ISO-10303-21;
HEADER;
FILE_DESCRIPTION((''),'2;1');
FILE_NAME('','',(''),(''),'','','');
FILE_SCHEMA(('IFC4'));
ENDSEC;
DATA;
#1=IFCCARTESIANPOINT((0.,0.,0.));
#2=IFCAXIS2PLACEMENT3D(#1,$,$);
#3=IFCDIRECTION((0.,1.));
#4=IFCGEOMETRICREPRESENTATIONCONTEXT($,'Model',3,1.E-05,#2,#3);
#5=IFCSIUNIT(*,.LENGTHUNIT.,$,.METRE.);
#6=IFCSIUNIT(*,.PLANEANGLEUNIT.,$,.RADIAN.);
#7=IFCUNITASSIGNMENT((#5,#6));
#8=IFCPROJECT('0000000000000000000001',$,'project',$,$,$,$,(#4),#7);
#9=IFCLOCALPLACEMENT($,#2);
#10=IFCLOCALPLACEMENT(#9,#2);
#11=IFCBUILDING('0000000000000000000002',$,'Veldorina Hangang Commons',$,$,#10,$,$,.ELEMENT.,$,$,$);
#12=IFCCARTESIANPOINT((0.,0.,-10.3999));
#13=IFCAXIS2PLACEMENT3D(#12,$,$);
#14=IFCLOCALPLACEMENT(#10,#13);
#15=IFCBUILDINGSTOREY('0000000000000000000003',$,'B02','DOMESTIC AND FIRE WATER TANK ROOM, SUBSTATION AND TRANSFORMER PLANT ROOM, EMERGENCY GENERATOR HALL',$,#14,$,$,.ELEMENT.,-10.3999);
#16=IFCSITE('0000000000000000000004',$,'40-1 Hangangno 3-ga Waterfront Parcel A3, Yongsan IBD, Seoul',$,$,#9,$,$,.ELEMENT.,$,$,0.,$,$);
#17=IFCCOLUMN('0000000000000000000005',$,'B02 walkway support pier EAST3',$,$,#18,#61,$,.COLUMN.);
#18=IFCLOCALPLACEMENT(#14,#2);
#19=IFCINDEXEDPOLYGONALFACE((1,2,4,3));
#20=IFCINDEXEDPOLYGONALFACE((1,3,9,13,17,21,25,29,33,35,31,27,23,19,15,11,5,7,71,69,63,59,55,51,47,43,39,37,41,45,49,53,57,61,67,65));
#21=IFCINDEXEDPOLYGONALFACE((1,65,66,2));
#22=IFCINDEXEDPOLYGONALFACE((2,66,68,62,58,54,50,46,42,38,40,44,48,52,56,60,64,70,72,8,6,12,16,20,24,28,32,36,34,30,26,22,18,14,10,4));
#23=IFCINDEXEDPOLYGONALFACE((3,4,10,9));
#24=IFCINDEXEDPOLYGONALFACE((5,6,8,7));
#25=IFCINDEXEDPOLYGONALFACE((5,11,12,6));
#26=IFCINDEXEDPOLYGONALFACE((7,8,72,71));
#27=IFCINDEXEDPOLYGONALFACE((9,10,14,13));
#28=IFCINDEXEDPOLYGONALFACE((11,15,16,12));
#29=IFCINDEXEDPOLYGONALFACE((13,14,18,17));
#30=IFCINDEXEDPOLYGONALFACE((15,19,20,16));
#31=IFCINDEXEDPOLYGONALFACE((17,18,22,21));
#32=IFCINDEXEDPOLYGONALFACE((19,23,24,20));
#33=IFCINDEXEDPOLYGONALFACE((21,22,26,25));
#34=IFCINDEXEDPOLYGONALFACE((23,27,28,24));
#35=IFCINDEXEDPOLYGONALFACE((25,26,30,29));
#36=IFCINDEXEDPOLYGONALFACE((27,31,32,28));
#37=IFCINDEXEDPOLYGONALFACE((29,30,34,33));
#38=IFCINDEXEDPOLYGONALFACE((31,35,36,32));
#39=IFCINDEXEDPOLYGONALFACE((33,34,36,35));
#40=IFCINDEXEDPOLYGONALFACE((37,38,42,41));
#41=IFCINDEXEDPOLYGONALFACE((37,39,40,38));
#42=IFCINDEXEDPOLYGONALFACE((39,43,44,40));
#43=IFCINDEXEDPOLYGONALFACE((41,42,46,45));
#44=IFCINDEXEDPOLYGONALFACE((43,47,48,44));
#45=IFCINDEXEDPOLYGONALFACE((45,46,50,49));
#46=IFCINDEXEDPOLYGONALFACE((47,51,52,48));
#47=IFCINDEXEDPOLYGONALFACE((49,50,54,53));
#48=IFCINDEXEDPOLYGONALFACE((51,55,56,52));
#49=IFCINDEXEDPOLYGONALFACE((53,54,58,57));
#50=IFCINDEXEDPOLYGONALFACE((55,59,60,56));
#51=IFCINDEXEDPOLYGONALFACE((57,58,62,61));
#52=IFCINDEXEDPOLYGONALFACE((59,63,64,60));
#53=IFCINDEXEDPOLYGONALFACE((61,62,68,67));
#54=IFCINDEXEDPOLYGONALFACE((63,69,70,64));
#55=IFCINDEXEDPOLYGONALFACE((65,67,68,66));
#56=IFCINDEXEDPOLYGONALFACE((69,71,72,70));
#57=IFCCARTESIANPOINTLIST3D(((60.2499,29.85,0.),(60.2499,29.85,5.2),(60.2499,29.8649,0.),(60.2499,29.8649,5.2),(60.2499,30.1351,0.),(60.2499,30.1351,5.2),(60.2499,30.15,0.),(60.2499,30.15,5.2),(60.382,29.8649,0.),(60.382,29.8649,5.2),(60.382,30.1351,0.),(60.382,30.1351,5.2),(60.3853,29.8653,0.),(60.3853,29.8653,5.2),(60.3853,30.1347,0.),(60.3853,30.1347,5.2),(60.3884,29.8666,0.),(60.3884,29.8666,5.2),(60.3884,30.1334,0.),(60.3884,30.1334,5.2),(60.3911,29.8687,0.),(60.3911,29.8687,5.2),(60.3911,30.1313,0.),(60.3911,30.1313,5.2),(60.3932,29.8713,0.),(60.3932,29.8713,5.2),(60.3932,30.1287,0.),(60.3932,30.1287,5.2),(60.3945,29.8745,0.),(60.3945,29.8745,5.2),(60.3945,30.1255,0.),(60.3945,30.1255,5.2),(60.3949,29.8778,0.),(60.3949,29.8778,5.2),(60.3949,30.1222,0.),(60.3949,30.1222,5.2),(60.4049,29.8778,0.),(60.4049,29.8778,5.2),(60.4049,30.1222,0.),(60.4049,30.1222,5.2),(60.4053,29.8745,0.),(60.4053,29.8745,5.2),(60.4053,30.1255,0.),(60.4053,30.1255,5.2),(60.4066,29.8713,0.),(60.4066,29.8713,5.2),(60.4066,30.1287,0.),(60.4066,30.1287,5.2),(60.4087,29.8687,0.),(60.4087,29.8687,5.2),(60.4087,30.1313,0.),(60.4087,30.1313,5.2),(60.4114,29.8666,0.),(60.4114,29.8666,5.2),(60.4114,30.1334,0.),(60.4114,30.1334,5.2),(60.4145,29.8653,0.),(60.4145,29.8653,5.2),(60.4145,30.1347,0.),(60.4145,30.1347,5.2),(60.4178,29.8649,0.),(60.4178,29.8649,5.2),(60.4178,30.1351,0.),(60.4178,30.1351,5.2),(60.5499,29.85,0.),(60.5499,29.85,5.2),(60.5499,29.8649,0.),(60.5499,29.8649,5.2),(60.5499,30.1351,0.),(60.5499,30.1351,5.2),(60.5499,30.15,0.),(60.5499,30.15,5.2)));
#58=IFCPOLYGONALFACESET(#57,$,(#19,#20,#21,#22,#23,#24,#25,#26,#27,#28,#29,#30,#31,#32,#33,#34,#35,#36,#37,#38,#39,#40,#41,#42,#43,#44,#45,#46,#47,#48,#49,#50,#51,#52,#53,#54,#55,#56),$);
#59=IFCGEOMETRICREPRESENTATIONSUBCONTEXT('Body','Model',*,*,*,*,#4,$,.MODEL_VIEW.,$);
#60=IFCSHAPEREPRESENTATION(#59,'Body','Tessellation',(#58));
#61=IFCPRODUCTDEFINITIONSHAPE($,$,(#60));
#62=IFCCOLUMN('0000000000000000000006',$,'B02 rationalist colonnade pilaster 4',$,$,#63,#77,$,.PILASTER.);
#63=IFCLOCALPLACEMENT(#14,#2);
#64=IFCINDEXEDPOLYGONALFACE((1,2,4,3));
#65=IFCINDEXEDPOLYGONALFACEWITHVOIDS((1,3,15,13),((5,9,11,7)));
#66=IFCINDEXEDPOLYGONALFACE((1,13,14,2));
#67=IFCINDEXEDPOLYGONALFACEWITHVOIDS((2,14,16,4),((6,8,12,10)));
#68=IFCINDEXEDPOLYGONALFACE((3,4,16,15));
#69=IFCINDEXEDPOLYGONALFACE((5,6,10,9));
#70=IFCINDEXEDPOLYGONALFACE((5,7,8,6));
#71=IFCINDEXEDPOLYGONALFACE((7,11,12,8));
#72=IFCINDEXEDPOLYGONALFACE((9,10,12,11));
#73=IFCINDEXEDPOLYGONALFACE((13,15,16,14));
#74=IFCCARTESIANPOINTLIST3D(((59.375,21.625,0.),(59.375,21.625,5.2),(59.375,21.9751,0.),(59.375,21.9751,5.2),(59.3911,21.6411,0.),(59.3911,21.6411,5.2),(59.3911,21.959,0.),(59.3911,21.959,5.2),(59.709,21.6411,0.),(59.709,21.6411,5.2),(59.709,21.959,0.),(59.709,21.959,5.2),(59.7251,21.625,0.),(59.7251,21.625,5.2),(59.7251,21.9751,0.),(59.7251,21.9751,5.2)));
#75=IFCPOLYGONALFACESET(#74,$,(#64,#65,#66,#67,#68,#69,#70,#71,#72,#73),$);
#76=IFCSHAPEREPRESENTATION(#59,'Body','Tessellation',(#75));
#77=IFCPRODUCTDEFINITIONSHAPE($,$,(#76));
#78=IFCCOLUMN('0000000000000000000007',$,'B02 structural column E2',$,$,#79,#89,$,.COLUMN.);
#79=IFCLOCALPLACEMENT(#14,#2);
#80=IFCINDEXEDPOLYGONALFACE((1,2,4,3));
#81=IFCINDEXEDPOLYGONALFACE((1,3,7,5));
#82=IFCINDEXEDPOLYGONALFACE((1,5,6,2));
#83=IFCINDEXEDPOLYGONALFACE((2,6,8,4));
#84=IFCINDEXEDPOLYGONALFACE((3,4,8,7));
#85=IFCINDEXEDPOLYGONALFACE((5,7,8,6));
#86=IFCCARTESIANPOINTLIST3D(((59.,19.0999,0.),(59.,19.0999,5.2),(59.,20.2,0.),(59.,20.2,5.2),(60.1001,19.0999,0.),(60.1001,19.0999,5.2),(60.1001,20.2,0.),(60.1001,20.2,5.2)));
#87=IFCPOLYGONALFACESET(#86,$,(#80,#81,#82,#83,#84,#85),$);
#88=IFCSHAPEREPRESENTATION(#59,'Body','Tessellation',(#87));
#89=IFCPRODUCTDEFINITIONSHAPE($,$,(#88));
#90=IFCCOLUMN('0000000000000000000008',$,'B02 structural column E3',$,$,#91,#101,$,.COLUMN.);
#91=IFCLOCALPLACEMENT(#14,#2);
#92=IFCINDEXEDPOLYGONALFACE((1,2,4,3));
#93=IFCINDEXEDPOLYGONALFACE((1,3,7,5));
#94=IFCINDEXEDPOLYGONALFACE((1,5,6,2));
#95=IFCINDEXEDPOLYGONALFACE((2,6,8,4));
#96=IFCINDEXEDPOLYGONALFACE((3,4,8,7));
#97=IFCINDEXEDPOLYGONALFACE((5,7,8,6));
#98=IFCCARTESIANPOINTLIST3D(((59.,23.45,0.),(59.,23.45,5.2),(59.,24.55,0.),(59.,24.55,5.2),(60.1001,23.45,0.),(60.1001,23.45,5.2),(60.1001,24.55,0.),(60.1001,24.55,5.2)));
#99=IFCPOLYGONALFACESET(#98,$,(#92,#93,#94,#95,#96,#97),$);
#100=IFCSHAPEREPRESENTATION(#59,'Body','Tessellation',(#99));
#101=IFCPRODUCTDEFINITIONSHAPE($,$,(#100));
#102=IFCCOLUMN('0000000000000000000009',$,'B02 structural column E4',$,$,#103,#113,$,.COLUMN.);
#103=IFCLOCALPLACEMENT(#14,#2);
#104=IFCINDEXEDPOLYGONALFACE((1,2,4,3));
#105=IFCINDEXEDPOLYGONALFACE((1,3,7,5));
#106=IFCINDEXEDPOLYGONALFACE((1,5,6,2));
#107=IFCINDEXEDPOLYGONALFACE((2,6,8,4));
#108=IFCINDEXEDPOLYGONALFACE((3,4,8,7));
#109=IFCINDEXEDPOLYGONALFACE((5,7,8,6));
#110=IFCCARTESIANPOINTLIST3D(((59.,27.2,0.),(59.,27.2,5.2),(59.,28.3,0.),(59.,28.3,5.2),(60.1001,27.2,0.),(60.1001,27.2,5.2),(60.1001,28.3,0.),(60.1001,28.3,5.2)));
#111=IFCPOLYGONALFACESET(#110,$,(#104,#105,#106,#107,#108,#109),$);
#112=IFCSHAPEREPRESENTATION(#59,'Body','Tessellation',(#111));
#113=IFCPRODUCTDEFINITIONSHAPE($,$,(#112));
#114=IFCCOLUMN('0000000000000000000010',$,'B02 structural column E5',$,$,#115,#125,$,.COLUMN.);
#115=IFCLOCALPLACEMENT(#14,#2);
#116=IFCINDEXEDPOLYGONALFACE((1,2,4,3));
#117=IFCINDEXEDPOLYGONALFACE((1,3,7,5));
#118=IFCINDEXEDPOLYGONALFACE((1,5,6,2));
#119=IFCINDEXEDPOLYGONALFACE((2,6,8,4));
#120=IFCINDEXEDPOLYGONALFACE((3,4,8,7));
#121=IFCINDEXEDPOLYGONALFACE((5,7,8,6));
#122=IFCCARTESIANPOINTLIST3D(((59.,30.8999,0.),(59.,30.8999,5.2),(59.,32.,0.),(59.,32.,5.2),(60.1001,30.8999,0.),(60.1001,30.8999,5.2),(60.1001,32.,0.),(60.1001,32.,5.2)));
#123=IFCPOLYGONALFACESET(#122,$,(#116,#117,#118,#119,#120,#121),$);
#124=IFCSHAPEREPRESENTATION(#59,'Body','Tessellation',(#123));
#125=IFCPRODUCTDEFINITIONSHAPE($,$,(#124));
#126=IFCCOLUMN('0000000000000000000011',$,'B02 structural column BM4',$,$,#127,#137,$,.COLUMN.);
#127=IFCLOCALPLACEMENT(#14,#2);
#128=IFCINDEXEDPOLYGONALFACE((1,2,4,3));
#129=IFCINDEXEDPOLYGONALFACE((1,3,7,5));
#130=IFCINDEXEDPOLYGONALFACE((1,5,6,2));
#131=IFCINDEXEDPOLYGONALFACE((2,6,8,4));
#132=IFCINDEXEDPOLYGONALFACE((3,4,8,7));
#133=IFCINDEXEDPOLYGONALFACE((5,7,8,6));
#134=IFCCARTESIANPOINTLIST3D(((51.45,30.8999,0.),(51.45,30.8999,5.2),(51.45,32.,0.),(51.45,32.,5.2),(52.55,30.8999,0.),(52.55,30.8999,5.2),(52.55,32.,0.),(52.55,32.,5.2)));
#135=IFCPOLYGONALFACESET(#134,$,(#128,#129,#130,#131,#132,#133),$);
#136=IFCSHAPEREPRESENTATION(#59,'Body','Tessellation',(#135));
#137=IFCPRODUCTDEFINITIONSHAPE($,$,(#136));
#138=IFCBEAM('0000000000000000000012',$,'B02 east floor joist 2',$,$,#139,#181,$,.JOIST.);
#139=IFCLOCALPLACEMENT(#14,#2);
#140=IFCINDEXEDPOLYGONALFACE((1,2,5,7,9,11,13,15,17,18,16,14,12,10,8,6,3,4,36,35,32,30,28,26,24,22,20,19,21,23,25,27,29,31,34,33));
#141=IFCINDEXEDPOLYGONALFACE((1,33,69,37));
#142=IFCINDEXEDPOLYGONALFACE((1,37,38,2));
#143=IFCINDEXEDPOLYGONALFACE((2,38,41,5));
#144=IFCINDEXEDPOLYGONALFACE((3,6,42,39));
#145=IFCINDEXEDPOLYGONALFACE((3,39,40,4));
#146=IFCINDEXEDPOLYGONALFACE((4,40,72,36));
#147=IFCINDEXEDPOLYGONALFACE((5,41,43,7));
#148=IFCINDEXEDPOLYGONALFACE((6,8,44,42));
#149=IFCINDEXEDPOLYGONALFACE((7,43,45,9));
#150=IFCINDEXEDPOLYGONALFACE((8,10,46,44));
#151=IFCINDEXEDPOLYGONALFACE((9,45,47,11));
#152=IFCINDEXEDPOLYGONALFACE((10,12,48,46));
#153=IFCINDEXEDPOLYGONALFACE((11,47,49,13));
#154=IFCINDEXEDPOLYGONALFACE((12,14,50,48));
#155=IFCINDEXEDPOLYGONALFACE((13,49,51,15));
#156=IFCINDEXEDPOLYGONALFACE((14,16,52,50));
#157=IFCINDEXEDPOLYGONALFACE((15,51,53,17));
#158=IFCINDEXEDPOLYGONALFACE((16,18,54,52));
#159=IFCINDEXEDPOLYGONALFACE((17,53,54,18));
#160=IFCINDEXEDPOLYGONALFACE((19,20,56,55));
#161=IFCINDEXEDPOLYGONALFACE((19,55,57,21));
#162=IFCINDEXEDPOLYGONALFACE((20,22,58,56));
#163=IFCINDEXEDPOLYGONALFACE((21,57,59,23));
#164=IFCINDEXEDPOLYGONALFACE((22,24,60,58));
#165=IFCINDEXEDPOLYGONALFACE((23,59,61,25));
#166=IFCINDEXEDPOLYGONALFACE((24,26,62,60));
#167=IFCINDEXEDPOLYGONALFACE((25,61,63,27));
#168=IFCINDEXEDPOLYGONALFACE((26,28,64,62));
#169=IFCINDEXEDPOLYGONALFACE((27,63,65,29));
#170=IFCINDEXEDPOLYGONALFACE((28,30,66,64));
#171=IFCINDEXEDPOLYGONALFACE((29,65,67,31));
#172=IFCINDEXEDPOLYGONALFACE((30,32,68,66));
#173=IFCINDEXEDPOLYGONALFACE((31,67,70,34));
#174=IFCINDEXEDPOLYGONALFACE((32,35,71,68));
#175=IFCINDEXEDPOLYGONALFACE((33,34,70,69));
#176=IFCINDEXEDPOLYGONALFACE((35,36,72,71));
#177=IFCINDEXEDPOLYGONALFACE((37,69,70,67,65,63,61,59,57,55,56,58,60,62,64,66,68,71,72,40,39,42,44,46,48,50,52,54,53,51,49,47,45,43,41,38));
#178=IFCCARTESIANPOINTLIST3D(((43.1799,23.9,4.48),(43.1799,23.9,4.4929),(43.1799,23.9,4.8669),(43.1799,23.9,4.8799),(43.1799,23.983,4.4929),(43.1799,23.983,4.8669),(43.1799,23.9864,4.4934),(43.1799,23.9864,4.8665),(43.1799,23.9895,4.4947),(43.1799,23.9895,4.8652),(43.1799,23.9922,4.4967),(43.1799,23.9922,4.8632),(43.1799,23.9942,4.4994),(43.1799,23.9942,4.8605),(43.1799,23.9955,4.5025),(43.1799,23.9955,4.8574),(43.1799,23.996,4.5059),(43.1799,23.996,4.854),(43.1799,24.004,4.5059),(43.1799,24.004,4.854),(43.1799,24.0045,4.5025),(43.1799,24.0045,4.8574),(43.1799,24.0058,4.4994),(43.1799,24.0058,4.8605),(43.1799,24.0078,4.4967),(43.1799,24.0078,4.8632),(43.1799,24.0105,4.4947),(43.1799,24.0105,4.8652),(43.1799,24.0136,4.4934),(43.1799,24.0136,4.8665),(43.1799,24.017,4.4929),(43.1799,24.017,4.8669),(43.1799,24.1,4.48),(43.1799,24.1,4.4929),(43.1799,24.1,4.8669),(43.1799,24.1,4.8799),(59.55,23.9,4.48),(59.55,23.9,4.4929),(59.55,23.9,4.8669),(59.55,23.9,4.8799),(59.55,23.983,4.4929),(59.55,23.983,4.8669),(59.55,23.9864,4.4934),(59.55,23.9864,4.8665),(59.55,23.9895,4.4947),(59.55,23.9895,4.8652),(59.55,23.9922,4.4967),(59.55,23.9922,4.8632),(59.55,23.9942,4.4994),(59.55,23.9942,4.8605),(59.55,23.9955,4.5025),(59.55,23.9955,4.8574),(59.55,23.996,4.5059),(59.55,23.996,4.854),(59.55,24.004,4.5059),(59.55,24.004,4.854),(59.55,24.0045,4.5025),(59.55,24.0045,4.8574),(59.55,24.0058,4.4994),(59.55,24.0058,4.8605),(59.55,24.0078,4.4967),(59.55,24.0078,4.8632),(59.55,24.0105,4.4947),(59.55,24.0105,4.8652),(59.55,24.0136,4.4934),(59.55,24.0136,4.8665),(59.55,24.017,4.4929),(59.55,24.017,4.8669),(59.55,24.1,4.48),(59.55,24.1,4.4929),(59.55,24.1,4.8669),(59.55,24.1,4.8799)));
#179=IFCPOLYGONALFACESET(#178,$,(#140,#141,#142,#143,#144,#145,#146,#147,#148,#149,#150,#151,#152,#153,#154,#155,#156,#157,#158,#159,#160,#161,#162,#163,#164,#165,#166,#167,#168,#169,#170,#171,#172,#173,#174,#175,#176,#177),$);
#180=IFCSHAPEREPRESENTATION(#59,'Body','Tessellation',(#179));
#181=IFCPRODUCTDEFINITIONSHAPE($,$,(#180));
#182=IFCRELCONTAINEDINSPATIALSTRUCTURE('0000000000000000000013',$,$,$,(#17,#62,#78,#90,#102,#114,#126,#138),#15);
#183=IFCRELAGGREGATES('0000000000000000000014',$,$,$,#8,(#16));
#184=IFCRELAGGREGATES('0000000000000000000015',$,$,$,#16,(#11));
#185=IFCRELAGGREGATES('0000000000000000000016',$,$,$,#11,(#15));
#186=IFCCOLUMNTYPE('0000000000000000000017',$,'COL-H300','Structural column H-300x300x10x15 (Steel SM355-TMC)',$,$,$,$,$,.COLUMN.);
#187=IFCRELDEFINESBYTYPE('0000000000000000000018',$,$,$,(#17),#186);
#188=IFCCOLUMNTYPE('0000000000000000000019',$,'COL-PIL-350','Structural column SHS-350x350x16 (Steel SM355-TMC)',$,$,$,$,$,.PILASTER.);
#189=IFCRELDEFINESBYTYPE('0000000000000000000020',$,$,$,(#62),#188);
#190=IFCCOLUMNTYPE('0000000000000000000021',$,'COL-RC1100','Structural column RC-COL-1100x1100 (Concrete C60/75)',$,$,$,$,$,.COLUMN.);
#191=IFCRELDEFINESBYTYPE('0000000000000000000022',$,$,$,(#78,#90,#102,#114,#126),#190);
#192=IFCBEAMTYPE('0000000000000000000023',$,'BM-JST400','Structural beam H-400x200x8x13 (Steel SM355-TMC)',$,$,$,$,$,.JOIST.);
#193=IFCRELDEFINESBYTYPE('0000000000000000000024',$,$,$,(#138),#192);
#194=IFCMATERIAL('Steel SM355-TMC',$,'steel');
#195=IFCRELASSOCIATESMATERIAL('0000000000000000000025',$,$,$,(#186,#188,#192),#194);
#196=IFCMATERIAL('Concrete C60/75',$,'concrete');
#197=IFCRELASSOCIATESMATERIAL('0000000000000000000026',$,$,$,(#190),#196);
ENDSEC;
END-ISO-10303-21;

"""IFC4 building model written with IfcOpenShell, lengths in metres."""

from ifc_helpers import new_model, si_unit, direction, frame, origin, origin_2d, place, context, subcontext, project, spatial, rectangle, hollow_rectangle, i_section, extrude, material, material_profile, profile_set, type_object, element, save


model = new_model("IFC4")

# Units and contexts
model_context = context("Model", 3, precision=1e-05, world=origin(), true_north=direction((0.0, 1.0)))
body_context = subcontext(model_context, "Body", "Model", "MODEL_VIEW")
ifc_project = project(units=[si_unit("LENGTHUNIT", "METRE"), si_unit("PLANEANGLEUNIT", "RADIAN")], contexts=[model_context])

# Site, building, storey
site_placement = place(None, origin())
site = spatial("IfcSite", under=ifc_project, at=site_placement, Name="40-1 Hangangno 3-ga Waterfront Parcel A3, Yongsan IBD, Seoul", CompositionType="ELEMENT", RefElevation=0.0)
building_placement = place(site_placement, origin())
building = spatial("IfcBuilding", under=site, at=building_placement, Name="Veldorina Hangang Commons", CompositionType="ELEMENT")
storey_placement = place(building_placement, frame((0.0, 0.0, -10.3999)))
storey = spatial("IfcBuildingStorey", under=building, at=storey_placement, Name="B02", Description="DOMESTIC AND FIRE WATER TANK ROOM, SUBSTATION AND TRANSFORMER PLANT ROOM, EMERGENCY GENERATOR HALL", CompositionType="ELEMENT", Elevation=-10.3999)

# Columns
ifc_material_1 = material(Name="Steel SM355-TMC", Category="steel")
ifc_material_profile_1 = material_profile(ifc_material_1, i_section(OverallWidth=0.3, OverallDepth=0.3, WebThickness=0.01, FlangeThickness=0.0149, FilletRadius=0.0129, at=origin_2d()), Name="H-300x300x10x15")
ifc_profile_set_1 = profile_set([ifc_material_profile_1], Name="Steel SM355-TMC")
column_type_1 = type_object("IfcColumnType", Name="COL-H300", Description="Structural column H-300x300x10x15 (Steel SM355-TMC)", PredefinedType="COLUMN", material=ifc_profile_set_1)
column_1_placement = place(storey_placement, frame((60.3999, 30.0, 0.0), z_axis=(0.0, 0.0, 1.0), x_axis=(1.0, 0.0, 0.0)))
element("IfcColumn", 1, at=column_1_placement, inside=storey, type_object=column_type_1, Name="B02 walkway support pier EAST3", PredefinedType="COLUMN", context=body_context, shape_type="SweptSolid", body=[
    extrude(i_section(OverallWidth=0.3, OverallDepth=0.3, WebThickness=0.01, FlangeThickness=0.0149, FilletRadius=0.0129, at=origin_2d()), origin(), (0.0, 0.0, 1.0), 5.2),
])
ifc_material_profile_2 = material_profile(ifc_material_1, hollow_rectangle(XDim=0.3501, YDim=0.3501, WallThickness=0.0161, at=origin_2d()), Name="SHS-350x350x16")
ifc_profile_set_2 = profile_set([ifc_material_profile_2], Name="Steel SM355-TMC")
column_type_2 = type_object("IfcColumnType", Name="COL-PIL-350", Description="Structural column SHS-350x350x16 (Steel SM355-TMC)", PredefinedType="PILASTER", material=ifc_profile_set_2)
column_2_placement = place(storey_placement, frame((59.55, 21.8, 0.0), z_axis=(0.0, 0.0, 1.0), x_axis=(1.0, 0.0, 0.0)))
element("IfcColumn", 2, at=column_2_placement, inside=storey, type_object=column_type_2, Name="B02 rationalist colonnade pilaster 4", PredefinedType="PILASTER", context=body_context, shape_type="SweptSolid", body=[
    extrude(hollow_rectangle(XDim=0.3501, YDim=0.3501, WallThickness=0.0161, at=origin_2d()), origin(), (0.0, 0.0, 1.0), 5.2),
])
ifc_material_2 = material(Name="Concrete C60/75", Category="concrete")
ifc_material_profile_3 = material_profile(ifc_material_2, rectangle(XDim=1.1001, YDim=1.1001, at=origin_2d()), Name="RC-COL-1100x1100")
ifc_profile_set_3 = profile_set([ifc_material_profile_3], Name="Concrete C60/75")
column_type_3 = type_object("IfcColumnType", Name="COL-RC1100", Description="Structural column RC-COL-1100x1100 (Concrete C60/75)", PredefinedType="COLUMN", material=ifc_profile_set_3)
for number, where, z_axis, x_axis, name in (
    (3, (59.55, 19.6499, 0.0), (0.0, 0.0, 1.0), (1.0, 0.0, 0.0), "B02 structural column E2"),
    (4, (59.55, 24.0, 0.0), (0.0, 0.0, 1.0), (1.0, 0.0, 0.0), "B02 structural column E3"),
    (5, (59.55, 27.75, 0.0), (0.0, 0.0, 1.0), (1.0, 0.0, 0.0), "B02 structural column E4"),
    (6, (59.55, 31.45, 0.0), (0.0, 0.0, 1.0), (1.0, 0.0, 0.0), "B02 structural column E5"),
    (7, (52.0, 31.45, 0.0), (0.0, 0.0, 1.0), (1.0, 0.0, 0.0), "B02 structural column BM4"),
):
    element("IfcColumn", number, at=place(storey_placement, frame(where, z_axis=z_axis, x_axis=x_axis)), inside=storey, type_object=column_type_3, Name=name, PredefinedType="COLUMN", context=body_context, shape_type="SweptSolid", body=[
        extrude(rectangle(XDim=1.1001, YDim=1.1001, at=origin_2d()), origin(), (0.0, 0.0, 1.0), 5.2),
    ])

# Beam
ifc_material_profile_4 = material_profile(ifc_material_1, i_section(OverallWidth=0.2, OverallDepth=0.3999, WebThickness=0.0081, FlangeThickness=0.0129, FilletRadius=0.0129, at=origin_2d()), Name="H-400x200x8x13")
ifc_profile_set_4 = profile_set([ifc_material_profile_4], Name="Steel SM355-TMC")
beam_type_1 = type_object("IfcBeamType", Name="BM-JST400", Description="Structural beam H-400x200x8x13 (Steel SM355-TMC)", PredefinedType="JOIST", material=ifc_profile_set_4)
for number, where, z_axis, x_axis, name in (
    (8, (43.1799, 24.0, 4.6799), (1.0, 0.0, 0.0), (0.0, 1.0, 0.0), "B02 east floor joist 2"),
):
    element("IfcBeam", number, at=place(storey_placement, frame(where, z_axis=z_axis, x_axis=x_axis)), inside=storey, type_object=beam_type_1, Name=name, PredefinedType="JOIST", context=body_context, shape_type="SweptSolid", body=[
        extrude(i_section(OverallWidth=0.2, OverallDepth=0.3999, WebThickness=0.0081, FlangeThickness=0.0129, FilletRadius=0.0129, at=origin_2d()), origin(), (0.0, 0.0, 1.0), 16.3701),
    ])

save(model, "model.ifc")
